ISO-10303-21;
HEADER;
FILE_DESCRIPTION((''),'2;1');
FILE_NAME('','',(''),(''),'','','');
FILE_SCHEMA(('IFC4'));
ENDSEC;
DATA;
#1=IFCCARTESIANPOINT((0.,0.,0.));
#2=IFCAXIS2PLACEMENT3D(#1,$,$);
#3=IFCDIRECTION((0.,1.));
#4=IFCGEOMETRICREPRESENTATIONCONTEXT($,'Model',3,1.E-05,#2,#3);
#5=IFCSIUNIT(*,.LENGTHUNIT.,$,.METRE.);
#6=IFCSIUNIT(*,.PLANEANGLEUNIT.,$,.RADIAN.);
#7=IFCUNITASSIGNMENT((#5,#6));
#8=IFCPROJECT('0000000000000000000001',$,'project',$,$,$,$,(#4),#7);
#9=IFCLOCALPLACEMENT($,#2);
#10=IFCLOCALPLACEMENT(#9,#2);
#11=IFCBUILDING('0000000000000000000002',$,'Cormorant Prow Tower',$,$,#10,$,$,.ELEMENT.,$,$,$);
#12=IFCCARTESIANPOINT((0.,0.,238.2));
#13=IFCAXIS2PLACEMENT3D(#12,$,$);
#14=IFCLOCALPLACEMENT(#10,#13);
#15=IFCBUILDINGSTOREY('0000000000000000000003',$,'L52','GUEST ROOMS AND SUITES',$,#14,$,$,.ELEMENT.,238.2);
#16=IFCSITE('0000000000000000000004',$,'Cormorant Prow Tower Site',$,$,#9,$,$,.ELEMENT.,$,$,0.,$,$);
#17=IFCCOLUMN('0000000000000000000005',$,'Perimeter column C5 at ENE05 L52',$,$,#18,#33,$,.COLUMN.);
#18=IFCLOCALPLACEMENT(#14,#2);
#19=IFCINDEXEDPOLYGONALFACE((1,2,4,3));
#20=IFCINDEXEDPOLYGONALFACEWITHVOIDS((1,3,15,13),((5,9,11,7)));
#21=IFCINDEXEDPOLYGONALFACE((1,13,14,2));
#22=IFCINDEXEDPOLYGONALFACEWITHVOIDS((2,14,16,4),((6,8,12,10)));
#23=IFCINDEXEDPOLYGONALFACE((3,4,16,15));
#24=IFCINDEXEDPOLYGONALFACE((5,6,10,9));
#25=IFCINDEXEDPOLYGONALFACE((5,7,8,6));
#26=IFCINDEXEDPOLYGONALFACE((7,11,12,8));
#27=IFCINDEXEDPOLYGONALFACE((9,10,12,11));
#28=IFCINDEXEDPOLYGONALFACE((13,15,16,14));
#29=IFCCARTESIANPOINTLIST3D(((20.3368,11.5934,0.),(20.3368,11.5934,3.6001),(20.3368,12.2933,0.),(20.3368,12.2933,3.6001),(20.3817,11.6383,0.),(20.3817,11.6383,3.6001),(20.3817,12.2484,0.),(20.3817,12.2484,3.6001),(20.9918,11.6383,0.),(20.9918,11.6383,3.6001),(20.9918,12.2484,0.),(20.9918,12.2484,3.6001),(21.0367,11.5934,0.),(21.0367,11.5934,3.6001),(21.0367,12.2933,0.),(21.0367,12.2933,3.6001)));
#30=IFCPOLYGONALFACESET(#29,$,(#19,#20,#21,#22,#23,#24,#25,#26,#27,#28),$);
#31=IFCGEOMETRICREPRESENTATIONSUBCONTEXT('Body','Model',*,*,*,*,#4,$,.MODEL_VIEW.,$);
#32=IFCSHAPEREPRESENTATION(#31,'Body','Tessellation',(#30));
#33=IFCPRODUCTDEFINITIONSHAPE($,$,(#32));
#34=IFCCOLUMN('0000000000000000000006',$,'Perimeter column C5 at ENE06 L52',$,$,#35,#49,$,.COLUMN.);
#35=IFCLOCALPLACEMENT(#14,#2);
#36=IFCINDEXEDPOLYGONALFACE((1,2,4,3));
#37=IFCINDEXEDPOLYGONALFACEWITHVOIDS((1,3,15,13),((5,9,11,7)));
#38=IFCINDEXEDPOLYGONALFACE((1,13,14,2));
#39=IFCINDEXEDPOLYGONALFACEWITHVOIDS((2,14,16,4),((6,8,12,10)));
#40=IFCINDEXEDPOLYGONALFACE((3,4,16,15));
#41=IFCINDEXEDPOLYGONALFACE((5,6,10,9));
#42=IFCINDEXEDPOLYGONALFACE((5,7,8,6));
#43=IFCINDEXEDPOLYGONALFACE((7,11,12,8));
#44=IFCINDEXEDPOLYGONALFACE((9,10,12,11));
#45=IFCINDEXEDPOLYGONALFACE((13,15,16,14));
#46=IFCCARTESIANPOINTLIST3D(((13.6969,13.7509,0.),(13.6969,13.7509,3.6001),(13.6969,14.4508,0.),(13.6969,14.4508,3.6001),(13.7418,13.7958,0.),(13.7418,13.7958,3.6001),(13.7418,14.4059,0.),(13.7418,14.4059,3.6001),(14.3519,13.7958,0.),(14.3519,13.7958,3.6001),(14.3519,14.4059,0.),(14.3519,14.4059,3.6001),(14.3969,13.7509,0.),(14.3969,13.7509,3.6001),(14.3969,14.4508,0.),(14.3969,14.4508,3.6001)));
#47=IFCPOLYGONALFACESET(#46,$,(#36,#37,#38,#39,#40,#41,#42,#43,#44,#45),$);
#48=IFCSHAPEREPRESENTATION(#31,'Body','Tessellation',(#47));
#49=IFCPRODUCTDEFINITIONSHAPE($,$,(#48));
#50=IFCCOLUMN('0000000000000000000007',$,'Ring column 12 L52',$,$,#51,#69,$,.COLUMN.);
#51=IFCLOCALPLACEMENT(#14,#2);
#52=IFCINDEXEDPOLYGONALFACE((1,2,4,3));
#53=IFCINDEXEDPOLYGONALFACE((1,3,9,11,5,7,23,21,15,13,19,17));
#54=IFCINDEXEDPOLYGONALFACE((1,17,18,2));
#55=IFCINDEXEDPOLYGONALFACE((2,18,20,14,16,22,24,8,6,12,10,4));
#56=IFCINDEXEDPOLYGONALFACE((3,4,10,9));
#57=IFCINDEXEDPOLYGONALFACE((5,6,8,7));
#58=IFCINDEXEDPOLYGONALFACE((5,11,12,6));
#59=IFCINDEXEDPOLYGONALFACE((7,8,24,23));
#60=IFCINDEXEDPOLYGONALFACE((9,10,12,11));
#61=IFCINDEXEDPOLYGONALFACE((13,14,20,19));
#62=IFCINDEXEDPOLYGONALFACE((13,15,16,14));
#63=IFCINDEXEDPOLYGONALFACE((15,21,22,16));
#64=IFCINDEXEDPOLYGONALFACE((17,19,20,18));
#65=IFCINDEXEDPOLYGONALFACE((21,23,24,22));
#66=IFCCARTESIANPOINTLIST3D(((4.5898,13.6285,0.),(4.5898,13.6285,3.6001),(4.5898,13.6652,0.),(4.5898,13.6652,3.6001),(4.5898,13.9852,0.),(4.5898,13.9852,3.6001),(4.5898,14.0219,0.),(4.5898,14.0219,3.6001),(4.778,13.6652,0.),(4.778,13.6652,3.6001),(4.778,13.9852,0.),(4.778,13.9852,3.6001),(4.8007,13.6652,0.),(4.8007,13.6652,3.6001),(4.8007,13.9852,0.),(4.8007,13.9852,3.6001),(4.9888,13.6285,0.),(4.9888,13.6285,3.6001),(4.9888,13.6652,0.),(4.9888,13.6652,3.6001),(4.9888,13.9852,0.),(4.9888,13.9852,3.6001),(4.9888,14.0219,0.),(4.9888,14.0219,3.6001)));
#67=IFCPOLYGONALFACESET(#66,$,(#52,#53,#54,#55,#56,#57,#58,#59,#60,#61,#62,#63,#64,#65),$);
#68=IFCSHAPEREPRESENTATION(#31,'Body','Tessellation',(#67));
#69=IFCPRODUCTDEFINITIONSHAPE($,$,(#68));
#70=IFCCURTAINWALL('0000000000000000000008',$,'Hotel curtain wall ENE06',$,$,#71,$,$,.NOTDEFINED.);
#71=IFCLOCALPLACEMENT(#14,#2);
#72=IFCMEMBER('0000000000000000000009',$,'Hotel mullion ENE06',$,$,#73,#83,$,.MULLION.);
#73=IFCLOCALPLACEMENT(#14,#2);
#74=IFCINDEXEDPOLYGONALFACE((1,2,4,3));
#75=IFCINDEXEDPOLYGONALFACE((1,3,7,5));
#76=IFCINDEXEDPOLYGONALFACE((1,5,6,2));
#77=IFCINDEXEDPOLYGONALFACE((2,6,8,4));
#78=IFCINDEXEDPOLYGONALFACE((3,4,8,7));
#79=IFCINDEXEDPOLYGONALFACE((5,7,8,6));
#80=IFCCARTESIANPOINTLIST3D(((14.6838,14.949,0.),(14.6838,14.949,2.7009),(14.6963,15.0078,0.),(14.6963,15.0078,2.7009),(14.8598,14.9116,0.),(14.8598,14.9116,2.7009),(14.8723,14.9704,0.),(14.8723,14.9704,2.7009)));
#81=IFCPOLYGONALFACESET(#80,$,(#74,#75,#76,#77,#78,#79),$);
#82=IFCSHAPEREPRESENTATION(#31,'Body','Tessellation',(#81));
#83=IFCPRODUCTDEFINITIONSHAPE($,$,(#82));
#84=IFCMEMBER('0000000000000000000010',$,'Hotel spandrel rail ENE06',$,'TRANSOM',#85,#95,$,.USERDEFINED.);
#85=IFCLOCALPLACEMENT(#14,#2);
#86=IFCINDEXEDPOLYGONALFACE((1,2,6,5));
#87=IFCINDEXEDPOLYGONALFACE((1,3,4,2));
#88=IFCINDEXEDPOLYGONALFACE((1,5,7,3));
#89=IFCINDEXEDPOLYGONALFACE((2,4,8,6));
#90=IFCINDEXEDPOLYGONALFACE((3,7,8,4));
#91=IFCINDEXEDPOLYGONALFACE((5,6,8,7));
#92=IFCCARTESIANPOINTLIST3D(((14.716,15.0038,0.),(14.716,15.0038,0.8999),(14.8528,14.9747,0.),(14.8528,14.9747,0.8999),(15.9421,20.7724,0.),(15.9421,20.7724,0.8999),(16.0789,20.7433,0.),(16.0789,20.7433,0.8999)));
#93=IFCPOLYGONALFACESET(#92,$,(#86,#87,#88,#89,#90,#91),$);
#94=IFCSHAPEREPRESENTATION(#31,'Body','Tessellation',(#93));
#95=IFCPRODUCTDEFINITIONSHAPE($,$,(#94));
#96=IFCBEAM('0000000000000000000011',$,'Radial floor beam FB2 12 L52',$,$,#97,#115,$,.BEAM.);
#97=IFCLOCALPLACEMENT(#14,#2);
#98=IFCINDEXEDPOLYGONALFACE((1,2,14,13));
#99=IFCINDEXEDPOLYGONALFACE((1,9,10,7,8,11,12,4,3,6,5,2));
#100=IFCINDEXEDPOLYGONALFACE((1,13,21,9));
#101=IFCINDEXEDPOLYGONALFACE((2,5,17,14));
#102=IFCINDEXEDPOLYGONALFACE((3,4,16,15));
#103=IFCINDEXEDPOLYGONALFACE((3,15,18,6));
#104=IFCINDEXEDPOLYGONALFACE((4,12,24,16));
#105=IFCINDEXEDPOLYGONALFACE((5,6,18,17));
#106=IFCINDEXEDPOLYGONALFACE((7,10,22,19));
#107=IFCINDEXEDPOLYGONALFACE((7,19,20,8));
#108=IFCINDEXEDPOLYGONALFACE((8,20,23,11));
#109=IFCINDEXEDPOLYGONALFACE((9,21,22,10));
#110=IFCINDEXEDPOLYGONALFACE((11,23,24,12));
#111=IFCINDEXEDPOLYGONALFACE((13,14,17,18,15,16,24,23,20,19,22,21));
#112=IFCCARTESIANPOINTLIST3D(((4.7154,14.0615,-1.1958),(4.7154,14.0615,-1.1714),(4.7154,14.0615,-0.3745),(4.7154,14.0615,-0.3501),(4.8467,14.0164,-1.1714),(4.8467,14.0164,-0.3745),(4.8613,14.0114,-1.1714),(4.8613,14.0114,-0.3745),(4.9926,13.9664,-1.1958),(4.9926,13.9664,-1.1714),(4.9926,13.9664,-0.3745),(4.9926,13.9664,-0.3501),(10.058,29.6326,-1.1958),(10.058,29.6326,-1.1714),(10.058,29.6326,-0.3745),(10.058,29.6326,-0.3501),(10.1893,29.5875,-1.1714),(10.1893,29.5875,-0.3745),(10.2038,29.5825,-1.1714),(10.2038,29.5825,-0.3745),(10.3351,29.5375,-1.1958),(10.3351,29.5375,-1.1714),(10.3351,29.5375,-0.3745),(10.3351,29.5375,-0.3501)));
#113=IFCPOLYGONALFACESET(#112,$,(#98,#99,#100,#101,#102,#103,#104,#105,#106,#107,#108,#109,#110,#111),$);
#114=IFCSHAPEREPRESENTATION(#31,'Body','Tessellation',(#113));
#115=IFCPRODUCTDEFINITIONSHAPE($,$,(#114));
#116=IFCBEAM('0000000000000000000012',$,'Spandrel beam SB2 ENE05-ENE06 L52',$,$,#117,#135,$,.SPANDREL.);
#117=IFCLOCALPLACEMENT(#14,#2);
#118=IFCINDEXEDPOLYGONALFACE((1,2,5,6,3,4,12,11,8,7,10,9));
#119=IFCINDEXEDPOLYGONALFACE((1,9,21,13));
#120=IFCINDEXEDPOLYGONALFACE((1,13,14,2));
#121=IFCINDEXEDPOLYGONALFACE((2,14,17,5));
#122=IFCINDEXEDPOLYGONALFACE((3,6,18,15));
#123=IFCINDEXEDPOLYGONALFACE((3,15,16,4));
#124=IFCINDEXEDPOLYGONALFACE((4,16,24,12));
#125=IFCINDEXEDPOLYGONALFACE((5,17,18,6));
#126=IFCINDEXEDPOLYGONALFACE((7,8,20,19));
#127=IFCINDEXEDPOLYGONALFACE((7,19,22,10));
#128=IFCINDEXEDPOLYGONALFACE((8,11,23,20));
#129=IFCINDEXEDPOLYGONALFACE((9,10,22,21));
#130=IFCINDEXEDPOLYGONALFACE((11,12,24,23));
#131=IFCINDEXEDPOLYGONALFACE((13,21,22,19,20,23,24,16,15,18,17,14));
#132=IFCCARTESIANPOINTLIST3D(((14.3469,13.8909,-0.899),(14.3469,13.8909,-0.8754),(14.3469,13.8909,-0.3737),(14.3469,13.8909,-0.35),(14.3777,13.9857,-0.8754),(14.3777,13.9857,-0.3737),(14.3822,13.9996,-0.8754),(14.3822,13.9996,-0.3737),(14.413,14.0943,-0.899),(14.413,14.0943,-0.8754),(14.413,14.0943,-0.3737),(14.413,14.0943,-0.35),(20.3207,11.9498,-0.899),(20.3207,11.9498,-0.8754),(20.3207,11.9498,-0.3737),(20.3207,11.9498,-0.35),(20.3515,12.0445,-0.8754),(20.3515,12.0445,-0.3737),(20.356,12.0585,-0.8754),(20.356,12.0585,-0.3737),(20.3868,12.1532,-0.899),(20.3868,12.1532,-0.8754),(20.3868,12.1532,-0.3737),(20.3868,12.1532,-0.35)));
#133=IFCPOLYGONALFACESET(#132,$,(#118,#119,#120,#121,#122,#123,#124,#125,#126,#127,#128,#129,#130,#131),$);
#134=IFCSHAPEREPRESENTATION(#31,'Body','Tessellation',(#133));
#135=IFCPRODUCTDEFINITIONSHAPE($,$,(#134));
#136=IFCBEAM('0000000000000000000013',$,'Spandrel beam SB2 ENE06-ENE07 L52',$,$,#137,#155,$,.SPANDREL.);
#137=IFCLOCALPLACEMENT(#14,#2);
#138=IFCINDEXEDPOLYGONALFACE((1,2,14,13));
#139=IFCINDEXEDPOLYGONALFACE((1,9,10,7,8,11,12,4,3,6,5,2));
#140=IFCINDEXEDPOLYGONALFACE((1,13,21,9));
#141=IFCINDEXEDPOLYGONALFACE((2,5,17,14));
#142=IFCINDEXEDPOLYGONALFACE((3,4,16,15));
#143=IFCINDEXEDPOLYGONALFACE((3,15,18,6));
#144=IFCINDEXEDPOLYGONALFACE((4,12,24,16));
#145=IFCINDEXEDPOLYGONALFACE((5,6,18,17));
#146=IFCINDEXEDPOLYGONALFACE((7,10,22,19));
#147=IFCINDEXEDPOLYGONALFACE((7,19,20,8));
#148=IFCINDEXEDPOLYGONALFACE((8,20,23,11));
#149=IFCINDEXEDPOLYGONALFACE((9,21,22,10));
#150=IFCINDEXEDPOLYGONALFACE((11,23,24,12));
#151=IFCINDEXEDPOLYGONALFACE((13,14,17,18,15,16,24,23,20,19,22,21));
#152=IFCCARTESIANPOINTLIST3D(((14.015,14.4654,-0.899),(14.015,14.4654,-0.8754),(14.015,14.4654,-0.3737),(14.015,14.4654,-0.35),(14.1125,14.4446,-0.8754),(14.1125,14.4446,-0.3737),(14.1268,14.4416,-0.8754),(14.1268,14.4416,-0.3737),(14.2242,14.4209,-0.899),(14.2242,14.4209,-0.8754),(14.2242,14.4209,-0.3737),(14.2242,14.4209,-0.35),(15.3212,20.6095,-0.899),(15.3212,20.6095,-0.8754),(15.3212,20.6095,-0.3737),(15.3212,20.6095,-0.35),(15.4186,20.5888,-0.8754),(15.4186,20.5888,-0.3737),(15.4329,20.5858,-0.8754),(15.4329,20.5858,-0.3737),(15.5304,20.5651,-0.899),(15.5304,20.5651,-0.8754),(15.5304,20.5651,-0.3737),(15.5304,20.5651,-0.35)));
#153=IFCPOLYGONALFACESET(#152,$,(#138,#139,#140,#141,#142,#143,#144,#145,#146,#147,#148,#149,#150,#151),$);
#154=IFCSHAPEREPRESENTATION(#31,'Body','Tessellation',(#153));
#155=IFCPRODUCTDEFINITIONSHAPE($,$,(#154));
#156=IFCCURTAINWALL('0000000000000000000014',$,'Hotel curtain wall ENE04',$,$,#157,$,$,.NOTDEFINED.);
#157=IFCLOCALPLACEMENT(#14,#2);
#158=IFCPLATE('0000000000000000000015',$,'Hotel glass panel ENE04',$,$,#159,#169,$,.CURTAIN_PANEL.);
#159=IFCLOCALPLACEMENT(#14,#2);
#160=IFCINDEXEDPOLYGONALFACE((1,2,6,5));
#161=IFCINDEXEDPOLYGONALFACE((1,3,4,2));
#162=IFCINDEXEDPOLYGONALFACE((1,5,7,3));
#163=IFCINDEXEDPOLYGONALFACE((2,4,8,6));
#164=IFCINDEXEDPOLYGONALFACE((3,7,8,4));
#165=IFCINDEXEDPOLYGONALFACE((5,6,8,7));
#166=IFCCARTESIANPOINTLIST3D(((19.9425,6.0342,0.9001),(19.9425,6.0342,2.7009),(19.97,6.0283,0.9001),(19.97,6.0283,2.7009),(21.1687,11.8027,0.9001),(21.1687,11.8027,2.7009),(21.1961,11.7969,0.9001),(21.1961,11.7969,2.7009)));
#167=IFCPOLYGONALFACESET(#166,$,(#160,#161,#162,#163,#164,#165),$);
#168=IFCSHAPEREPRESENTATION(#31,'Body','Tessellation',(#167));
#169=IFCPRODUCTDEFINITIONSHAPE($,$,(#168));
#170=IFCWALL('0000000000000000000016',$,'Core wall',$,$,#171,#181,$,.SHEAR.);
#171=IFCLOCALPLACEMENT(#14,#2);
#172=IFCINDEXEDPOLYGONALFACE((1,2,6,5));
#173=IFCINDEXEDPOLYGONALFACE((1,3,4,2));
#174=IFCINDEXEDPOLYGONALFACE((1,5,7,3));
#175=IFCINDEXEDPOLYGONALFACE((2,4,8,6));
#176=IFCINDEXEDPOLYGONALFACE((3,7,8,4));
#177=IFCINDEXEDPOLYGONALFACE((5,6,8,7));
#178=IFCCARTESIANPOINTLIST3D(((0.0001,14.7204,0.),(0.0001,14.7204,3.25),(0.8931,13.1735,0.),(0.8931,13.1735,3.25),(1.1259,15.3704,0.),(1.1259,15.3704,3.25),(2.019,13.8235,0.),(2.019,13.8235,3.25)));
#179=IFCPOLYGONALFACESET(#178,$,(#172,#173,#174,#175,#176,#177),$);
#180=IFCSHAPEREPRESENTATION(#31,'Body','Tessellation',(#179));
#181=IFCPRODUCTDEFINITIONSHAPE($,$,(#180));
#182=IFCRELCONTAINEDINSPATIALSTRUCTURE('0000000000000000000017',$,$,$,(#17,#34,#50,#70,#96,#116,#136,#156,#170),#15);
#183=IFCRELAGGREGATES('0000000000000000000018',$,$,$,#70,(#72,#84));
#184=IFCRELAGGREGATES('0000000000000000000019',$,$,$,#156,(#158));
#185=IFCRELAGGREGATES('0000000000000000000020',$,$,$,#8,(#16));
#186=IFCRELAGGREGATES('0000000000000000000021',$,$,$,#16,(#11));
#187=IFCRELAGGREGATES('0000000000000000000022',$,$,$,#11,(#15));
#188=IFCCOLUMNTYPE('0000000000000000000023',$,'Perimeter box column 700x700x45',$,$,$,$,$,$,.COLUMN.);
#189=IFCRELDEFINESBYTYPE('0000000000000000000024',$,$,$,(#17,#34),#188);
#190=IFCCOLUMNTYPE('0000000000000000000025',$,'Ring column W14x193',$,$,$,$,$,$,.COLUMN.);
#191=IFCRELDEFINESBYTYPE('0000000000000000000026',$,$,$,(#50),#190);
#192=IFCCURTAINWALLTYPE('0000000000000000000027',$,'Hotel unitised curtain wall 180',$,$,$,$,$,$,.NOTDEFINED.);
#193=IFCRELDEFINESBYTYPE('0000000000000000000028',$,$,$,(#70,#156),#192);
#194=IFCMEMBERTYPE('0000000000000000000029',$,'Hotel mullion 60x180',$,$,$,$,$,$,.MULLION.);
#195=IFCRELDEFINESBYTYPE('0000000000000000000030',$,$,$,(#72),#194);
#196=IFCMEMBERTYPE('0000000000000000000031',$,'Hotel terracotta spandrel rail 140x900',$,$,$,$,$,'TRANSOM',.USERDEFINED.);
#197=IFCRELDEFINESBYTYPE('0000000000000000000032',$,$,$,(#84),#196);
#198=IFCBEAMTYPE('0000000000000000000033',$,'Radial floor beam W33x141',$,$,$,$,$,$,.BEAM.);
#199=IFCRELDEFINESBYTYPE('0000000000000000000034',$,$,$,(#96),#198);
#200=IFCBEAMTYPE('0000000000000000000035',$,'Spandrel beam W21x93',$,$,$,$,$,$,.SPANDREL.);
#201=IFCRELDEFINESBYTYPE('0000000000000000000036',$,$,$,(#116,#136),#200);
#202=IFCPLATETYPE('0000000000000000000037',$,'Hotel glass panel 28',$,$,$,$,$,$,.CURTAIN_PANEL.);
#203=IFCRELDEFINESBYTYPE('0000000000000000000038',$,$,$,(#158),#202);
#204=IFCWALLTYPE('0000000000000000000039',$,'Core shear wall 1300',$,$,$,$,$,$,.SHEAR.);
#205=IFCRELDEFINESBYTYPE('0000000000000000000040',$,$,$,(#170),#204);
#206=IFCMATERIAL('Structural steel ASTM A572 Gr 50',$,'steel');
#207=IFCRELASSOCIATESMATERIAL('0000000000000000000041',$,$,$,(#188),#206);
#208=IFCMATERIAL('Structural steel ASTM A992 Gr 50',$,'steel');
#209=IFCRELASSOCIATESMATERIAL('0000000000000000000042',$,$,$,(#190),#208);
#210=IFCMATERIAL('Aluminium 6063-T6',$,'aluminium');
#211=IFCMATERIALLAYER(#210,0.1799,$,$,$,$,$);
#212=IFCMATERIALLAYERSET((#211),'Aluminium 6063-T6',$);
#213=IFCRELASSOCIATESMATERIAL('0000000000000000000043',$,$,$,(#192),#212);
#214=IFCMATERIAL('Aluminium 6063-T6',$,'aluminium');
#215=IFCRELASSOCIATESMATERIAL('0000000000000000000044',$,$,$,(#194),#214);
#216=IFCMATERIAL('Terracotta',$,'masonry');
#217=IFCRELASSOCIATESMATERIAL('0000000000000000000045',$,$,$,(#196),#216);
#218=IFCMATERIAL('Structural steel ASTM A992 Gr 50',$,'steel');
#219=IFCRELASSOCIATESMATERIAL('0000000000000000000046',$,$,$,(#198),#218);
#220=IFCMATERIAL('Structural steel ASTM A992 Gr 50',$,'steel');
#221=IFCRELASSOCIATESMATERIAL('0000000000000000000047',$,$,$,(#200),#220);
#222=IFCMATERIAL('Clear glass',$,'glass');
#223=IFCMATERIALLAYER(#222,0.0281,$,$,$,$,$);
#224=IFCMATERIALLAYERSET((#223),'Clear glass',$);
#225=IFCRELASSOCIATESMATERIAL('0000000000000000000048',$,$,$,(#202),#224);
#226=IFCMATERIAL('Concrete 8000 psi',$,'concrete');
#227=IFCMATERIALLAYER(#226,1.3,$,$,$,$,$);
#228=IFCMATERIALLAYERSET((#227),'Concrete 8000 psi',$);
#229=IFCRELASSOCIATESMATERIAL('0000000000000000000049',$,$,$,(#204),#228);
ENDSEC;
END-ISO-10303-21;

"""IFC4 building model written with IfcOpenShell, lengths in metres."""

from ifc_helpers import new_model, si_unit, direction, frame, frame_2d, origin, origin_2d, place, context, subcontext, project, spatial, rectangle, hollow_rectangle, i_section, extrude, material, layer, layer_set, material_profile, profile_set, type_object, element, aggregate, save


model = new_model("IFC4")

# Units and contexts
model_context = context("Model", 3, precision=1e-05, world=origin(), true_north=direction((0.0, 1.0)))
body_context = subcontext(model_context, "Body", "Model", "MODEL_VIEW")
ifc_project = project(units=[si_unit("LENGTHUNIT", "METRE"), si_unit("PLANEANGLEUNIT", "RADIAN")], contexts=[model_context])

# Site, building, storey
site_placement = place(None, origin())
site = spatial("IfcSite", under=ifc_project, at=site_placement, Name="Cormorant Prow Tower Site", CompositionType="ELEMENT", RefElevation=0.0)
building_placement = place(site_placement, origin())
building = spatial("IfcBuilding", under=site, at=building_placement, Name="Cormorant Prow Tower", CompositionType="ELEMENT")
storey_placement = place(building_placement, frame((0.0, 0.0, 238.2)))
storey = spatial("IfcBuildingStorey", under=building, at=storey_placement, Name="L52", Description="GUEST ROOMS AND SUITES", CompositionType="ELEMENT", Elevation=238.2)

# Columns
ifc_material_1 = material(Name="Structural steel ASTM A572 Gr 50", Category="steel")
ifc_material_profile_1 = material_profile(ifc_material_1, hollow_rectangle(XDim=0.7, YDim=0.7, WallThickness=0.0449, at=origin_2d()), Name="Box 700x700x45")
ifc_profile_set_1 = profile_set([ifc_material_profile_1], Name="Structural steel ASTM A572 Gr 50")
column_type_1 = type_object("IfcColumnType", Name="Perimeter box column 700x700x45", PredefinedType="COLUMN", material=ifc_profile_set_1)
for number, where, z_axis, x_axis, name in (
    (1, (20.6868, 11.9434, 0.0), (0.0, 0.0, 1.0), (1.0, 0.0, 0.0), "Perimeter column C5 at ENE05 L52"),
    (2, (14.0469, 14.1008, 0.0), (0.0, 0.0, 1.0), (1.0, 0.0, 0.0), "Perimeter column C5 at ENE06 L52"),
):
    element("IfcColumn", number, at=place(storey_placement, frame(where, z_axis=z_axis, x_axis=x_axis)), inside=storey, type_object=column_type_1, Name=name, PredefinedType="COLUMN", context=body_context, shape_type="SweptSolid", body=[
        extrude(hollow_rectangle(XDim=0.7, YDim=0.7, WallThickness=0.0449, at=origin_2d()), origin(), (0.0, 0.0, 1.0), 3.6001),
    ])
ifc_material_2 = material(Name="Structural steel ASTM A992 Gr 50", Category="steel")
ifc_material_profile_2 = material_profile(ifc_material_2, i_section(OverallWidth=0.3989, OverallDepth=0.3933, WebThickness=0.0227, FlangeThickness=0.0366, at=origin_2d()), Name="W14x193")
ifc_profile_set_2 = profile_set([ifc_material_profile_2], Name="Structural steel ASTM A992 Gr 50")
column_type_2 = type_object("IfcColumnType", Name="Ring column W14x193", PredefinedType="COLUMN", material=ifc_profile_set_2)
column_placement = place(storey_placement, frame((4.7893, 13.8252, 0.0), z_axis=(0.0, 0.0, 1.0), x_axis=(1.0, 0.0, 0.0)))
element("IfcColumn", 3, at=column_placement, inside=storey, type_object=column_type_2, Name="Ring column 12 L52", PredefinedType="COLUMN", context=body_context, shape_type="SweptSolid", body=[
    extrude(i_section(OverallWidth=0.3989, OverallDepth=0.3933, WebThickness=0.0227, FlangeThickness=0.0366, at=origin_2d()), origin(), (0.0, 0.0, 1.0), 3.6001),
])

# Curtain wall, members
ifc_material_3 = material(Name="Aluminium 6063-T6", Category="aluminium")
ifc_layer_1 = layer(ifc_material_3, 0.1799)
ifc_layer_set_1 = layer_set([ifc_layer_1], Name="Aluminium 6063-T6")
curtain_wall_type = type_object("IfcCurtainWallType", Name="Hotel unitised curtain wall 180", PredefinedType="NOTDEFINED", material=ifc_layer_set_1)
curtain_wall_1_placement = place(storey_placement, origin())
curtain_wall_1 = element("IfcCurtainWall", 4, at=curtain_wall_1_placement, inside=storey, type_object=curtain_wall_type, Name="Hotel curtain wall ENE06", PredefinedType="NOTDEFINED")
ifc_material_4 = material(Name="Aluminium 6063-T6", Category="aluminium")
ifc_material_profile_3 = material_profile(ifc_material_4, rectangle(XDim=0.1799, YDim=0.0601, at=origin_2d()), Name="Hotel mullion 60x180")
ifc_profile_set_3 = profile_set([ifc_material_profile_3], Name="Aluminium 6063-T6")
member_type_1 = type_object("IfcMemberType", Name="Hotel mullion 60x180", PredefinedType="MULLION", material=ifc_profile_set_3)
member_1_placement = place(storey_placement, frame((14.7781, 14.9597, 0.0), z_axis=(0.0, 0.0, 1.0), x_axis=(-0.978148, 0.207912, 0.0)))
member_1 = element("IfcMember", 5, at=member_1_placement, type_object=member_type_1, Name="Hotel mullion ENE06", PredefinedType="MULLION", context=body_context, shape_type="SweptSolid", body=[
    extrude(rectangle(XDim=0.1799, YDim=0.0601, at=origin_2d()), origin(), (0.0, 0.0, 1.0), 2.7009),
])
ifc_material_5 = material(Name="Terracotta", Category="masonry")
ifc_material_profile_4 = material_profile(ifc_material_5, rectangle(XDim=0.1399, YDim=0.8999, at=origin_2d()), Name="Hotel terracotta spandrel rail 140x900")
ifc_profile_set_4 = profile_set([ifc_material_profile_4], Name="Terracotta")
member_type_2 = type_object("IfcMemberType", Name="Hotel terracotta spandrel rail 140x900", ElementType="TRANSOM", PredefinedType="USERDEFINED", material=ifc_profile_set_4)
member_2_placement = place(storey_placement, frame((14.7844, 14.9893, 0.45), z_axis=(0.2079, 0.97815, 0.0), x_axis=(-0.97815, 0.2079, 0.0)))
member_2 = element("IfcMember", 6, at=member_2_placement, type_object=member_type_2, Name="Hotel spandrel rail ENE06", ObjectType="TRANSOM", PredefinedType="USERDEFINED", context=body_context, shape_type="SweptSolid", body=[
    extrude(rectangle(XDim=0.1399, YDim=0.8999, at=origin_2d()), origin(), (0.0, 0.0, 1.0), 5.8975),
])
aggregate(curtain_wall_1, [member_1, member_2])

# Beams
ifc_material_6 = material(Name="Structural steel ASTM A992 Gr 50", Category="steel")
ifc_material_profile_5 = material_profile(ifc_material_6, i_section(OverallWidth=0.293, OverallDepth=0.8457, WebThickness=0.0154, FlangeThickness=0.0244, at=origin_2d()), Name="W33x141")
ifc_profile_set_5 = profile_set([ifc_material_profile_5], Name="Structural steel ASTM A992 Gr 50")
beam_type_1 = type_object("IfcBeamType", Name="Radial floor beam W33x141", PredefinedType="BEAM", material=ifc_profile_set_5)
beam_1_placement = place(storey_placement, frame((4.854, 14.0139, -0.7729), z_axis=(0.324536, 0.945874, 0.0), x_axis=(-0.945874, 0.324536, 0.0)))
element("IfcBeam", 7, at=beam_1_placement, inside=storey, type_object=beam_type_1, Name="Radial floor beam FB2 12 L52", PredefinedType="BEAM", context=body_context, shape_type="SweptSolid", body=[
    extrude(i_section(OverallWidth=0.293, OverallDepth=0.8457, WebThickness=0.0154, FlangeThickness=0.0244, at=origin_2d()), origin(), (0.0, 0.0, 1.0), 16.4622),
])
ifc_material_7 = material(Name="Structural steel ASTM A992 Gr 50", Category="steel")
ifc_material_profile_6 = material_profile(ifc_material_7, i_section(OverallWidth=0.2139, OverallDepth=0.5491, WebThickness=0.0146, FlangeThickness=0.0237, at=origin_2d()), Name="W21x93")
ifc_profile_set_6 = profile_set([ifc_material_profile_6], Name="Structural steel ASTM A992 Gr 50")
beam_type_2 = type_object("IfcBeamType", Name="Spandrel beam W21x93", PredefinedType="SPANDREL", material=ifc_profile_set_6)
beam_2_placement = place(storey_placement, frame((20.3538, 12.0515, -0.6245), z_axis=(-0.95105, 0.309036, 0.0), x_axis=(-0.309036, -0.95105, 0.0)))
element("IfcBeam", 8, at=beam_2_placement, inside=storey, type_object=beam_type_2, Name="Spandrel beam SB2 ENE05-ENE06 L52", PredefinedType="SPANDREL", context=body_context, shape_type="SweptSolid", body=[
    extrude(i_section(OverallWidth=0.2139, OverallDepth=0.5491, WebThickness=0.0146, FlangeThickness=0.0237, at=origin_2d()), origin(), (0.0, 0.0, 1.0), 6.2812),
])
beam_3_placement = place(storey_placement, frame((14.1196, 14.4431, -0.6245), z_axis=(0.207934, 0.978143, 0.0), x_axis=(-0.978143, 0.207934, 0.0)))
element("IfcBeam", 9, at=beam_3_placement, inside=storey, type_object=beam_type_2, Name="Spandrel beam SB2 ENE06-ENE07 L52", PredefinedType="SPANDREL", context=body_context, shape_type="SweptSolid", body=[
    extrude(i_section(OverallWidth=0.2139, OverallDepth=0.5491, WebThickness=0.0146, FlangeThickness=0.0237, at=origin_2d()), origin(), (0.0, 0.0, 1.0), 6.2815),
])

# Curtain wall, plate
curtain_wall_2_placement = place(storey_placement, origin())
curtain_wall_2 = element("IfcCurtainWall", 10, at=curtain_wall_2_placement, inside=storey, type_object=curtain_wall_type, Name="Hotel curtain wall ENE04", PredefinedType="NOTDEFINED")
ifc_material_8 = material(Name="Clear glass", Category="glass")
ifc_layer_2 = layer(ifc_material_8, 0.0281)
ifc_layer_set_2 = layer_set([ifc_layer_2], Name="Clear glass")
plate_type = type_object("IfcPlateType", Name="Hotel glass panel 28", PredefinedType="CURTAIN_PANEL", material=ifc_layer_set_2)
plate_placement = place(storey_placement, frame((20.5693, 8.9155, 0.9001), z_axis=(0.0, 0.0, 1.0), x_axis=(0.207912, 0.978148, 0.0)))
plate = element("IfcPlate", 11, at=plate_placement, type_object=plate_type, Name="Hotel glass panel ENE04", PredefinedType="CURTAIN_PANEL", context=body_context, shape_type="SweptSolid", body=[
    extrude(rectangle(XDim=5.8975, YDim=0.0281, at=origin_2d()), origin(), (0.0, 0.0, 1.0), 1.8008),
])
aggregate(curtain_wall_2, [plate])

# Wall
ifc_material_9 = material(Name="Concrete 8000 psi", Category="concrete")
ifc_layer_3 = layer(ifc_material_9, 1.3)
ifc_layer_set_3 = layer_set([ifc_layer_3], Name="Concrete 8000 psi")
wall_type_1 = type_object("IfcWallType", Name="Core shear wall 1300", PredefinedType="SHEAR", material=ifc_layer_set_3)
wall_1_placement = place(storey_placement, frame((1.4561, 13.4985, 0.0), z_axis=(0.0, 0.0, 1.0), x_axis=(-0.499991, 0.866031, 0.0)))
element("IfcWall", 12, at=wall_1_placement, inside=storey, type_object=wall_type_1, Name="Core wall", PredefinedType="SHEAR", context=body_context, shape_type="SweptSolid", body=[
    extrude(rectangle(XDim=1.7861, YDim=1.3, at=frame_2d((0.8931, 0.0))), origin(), (0.0, 0.0, 1.0), 3.25),
])

save(model, "model.ifc")
